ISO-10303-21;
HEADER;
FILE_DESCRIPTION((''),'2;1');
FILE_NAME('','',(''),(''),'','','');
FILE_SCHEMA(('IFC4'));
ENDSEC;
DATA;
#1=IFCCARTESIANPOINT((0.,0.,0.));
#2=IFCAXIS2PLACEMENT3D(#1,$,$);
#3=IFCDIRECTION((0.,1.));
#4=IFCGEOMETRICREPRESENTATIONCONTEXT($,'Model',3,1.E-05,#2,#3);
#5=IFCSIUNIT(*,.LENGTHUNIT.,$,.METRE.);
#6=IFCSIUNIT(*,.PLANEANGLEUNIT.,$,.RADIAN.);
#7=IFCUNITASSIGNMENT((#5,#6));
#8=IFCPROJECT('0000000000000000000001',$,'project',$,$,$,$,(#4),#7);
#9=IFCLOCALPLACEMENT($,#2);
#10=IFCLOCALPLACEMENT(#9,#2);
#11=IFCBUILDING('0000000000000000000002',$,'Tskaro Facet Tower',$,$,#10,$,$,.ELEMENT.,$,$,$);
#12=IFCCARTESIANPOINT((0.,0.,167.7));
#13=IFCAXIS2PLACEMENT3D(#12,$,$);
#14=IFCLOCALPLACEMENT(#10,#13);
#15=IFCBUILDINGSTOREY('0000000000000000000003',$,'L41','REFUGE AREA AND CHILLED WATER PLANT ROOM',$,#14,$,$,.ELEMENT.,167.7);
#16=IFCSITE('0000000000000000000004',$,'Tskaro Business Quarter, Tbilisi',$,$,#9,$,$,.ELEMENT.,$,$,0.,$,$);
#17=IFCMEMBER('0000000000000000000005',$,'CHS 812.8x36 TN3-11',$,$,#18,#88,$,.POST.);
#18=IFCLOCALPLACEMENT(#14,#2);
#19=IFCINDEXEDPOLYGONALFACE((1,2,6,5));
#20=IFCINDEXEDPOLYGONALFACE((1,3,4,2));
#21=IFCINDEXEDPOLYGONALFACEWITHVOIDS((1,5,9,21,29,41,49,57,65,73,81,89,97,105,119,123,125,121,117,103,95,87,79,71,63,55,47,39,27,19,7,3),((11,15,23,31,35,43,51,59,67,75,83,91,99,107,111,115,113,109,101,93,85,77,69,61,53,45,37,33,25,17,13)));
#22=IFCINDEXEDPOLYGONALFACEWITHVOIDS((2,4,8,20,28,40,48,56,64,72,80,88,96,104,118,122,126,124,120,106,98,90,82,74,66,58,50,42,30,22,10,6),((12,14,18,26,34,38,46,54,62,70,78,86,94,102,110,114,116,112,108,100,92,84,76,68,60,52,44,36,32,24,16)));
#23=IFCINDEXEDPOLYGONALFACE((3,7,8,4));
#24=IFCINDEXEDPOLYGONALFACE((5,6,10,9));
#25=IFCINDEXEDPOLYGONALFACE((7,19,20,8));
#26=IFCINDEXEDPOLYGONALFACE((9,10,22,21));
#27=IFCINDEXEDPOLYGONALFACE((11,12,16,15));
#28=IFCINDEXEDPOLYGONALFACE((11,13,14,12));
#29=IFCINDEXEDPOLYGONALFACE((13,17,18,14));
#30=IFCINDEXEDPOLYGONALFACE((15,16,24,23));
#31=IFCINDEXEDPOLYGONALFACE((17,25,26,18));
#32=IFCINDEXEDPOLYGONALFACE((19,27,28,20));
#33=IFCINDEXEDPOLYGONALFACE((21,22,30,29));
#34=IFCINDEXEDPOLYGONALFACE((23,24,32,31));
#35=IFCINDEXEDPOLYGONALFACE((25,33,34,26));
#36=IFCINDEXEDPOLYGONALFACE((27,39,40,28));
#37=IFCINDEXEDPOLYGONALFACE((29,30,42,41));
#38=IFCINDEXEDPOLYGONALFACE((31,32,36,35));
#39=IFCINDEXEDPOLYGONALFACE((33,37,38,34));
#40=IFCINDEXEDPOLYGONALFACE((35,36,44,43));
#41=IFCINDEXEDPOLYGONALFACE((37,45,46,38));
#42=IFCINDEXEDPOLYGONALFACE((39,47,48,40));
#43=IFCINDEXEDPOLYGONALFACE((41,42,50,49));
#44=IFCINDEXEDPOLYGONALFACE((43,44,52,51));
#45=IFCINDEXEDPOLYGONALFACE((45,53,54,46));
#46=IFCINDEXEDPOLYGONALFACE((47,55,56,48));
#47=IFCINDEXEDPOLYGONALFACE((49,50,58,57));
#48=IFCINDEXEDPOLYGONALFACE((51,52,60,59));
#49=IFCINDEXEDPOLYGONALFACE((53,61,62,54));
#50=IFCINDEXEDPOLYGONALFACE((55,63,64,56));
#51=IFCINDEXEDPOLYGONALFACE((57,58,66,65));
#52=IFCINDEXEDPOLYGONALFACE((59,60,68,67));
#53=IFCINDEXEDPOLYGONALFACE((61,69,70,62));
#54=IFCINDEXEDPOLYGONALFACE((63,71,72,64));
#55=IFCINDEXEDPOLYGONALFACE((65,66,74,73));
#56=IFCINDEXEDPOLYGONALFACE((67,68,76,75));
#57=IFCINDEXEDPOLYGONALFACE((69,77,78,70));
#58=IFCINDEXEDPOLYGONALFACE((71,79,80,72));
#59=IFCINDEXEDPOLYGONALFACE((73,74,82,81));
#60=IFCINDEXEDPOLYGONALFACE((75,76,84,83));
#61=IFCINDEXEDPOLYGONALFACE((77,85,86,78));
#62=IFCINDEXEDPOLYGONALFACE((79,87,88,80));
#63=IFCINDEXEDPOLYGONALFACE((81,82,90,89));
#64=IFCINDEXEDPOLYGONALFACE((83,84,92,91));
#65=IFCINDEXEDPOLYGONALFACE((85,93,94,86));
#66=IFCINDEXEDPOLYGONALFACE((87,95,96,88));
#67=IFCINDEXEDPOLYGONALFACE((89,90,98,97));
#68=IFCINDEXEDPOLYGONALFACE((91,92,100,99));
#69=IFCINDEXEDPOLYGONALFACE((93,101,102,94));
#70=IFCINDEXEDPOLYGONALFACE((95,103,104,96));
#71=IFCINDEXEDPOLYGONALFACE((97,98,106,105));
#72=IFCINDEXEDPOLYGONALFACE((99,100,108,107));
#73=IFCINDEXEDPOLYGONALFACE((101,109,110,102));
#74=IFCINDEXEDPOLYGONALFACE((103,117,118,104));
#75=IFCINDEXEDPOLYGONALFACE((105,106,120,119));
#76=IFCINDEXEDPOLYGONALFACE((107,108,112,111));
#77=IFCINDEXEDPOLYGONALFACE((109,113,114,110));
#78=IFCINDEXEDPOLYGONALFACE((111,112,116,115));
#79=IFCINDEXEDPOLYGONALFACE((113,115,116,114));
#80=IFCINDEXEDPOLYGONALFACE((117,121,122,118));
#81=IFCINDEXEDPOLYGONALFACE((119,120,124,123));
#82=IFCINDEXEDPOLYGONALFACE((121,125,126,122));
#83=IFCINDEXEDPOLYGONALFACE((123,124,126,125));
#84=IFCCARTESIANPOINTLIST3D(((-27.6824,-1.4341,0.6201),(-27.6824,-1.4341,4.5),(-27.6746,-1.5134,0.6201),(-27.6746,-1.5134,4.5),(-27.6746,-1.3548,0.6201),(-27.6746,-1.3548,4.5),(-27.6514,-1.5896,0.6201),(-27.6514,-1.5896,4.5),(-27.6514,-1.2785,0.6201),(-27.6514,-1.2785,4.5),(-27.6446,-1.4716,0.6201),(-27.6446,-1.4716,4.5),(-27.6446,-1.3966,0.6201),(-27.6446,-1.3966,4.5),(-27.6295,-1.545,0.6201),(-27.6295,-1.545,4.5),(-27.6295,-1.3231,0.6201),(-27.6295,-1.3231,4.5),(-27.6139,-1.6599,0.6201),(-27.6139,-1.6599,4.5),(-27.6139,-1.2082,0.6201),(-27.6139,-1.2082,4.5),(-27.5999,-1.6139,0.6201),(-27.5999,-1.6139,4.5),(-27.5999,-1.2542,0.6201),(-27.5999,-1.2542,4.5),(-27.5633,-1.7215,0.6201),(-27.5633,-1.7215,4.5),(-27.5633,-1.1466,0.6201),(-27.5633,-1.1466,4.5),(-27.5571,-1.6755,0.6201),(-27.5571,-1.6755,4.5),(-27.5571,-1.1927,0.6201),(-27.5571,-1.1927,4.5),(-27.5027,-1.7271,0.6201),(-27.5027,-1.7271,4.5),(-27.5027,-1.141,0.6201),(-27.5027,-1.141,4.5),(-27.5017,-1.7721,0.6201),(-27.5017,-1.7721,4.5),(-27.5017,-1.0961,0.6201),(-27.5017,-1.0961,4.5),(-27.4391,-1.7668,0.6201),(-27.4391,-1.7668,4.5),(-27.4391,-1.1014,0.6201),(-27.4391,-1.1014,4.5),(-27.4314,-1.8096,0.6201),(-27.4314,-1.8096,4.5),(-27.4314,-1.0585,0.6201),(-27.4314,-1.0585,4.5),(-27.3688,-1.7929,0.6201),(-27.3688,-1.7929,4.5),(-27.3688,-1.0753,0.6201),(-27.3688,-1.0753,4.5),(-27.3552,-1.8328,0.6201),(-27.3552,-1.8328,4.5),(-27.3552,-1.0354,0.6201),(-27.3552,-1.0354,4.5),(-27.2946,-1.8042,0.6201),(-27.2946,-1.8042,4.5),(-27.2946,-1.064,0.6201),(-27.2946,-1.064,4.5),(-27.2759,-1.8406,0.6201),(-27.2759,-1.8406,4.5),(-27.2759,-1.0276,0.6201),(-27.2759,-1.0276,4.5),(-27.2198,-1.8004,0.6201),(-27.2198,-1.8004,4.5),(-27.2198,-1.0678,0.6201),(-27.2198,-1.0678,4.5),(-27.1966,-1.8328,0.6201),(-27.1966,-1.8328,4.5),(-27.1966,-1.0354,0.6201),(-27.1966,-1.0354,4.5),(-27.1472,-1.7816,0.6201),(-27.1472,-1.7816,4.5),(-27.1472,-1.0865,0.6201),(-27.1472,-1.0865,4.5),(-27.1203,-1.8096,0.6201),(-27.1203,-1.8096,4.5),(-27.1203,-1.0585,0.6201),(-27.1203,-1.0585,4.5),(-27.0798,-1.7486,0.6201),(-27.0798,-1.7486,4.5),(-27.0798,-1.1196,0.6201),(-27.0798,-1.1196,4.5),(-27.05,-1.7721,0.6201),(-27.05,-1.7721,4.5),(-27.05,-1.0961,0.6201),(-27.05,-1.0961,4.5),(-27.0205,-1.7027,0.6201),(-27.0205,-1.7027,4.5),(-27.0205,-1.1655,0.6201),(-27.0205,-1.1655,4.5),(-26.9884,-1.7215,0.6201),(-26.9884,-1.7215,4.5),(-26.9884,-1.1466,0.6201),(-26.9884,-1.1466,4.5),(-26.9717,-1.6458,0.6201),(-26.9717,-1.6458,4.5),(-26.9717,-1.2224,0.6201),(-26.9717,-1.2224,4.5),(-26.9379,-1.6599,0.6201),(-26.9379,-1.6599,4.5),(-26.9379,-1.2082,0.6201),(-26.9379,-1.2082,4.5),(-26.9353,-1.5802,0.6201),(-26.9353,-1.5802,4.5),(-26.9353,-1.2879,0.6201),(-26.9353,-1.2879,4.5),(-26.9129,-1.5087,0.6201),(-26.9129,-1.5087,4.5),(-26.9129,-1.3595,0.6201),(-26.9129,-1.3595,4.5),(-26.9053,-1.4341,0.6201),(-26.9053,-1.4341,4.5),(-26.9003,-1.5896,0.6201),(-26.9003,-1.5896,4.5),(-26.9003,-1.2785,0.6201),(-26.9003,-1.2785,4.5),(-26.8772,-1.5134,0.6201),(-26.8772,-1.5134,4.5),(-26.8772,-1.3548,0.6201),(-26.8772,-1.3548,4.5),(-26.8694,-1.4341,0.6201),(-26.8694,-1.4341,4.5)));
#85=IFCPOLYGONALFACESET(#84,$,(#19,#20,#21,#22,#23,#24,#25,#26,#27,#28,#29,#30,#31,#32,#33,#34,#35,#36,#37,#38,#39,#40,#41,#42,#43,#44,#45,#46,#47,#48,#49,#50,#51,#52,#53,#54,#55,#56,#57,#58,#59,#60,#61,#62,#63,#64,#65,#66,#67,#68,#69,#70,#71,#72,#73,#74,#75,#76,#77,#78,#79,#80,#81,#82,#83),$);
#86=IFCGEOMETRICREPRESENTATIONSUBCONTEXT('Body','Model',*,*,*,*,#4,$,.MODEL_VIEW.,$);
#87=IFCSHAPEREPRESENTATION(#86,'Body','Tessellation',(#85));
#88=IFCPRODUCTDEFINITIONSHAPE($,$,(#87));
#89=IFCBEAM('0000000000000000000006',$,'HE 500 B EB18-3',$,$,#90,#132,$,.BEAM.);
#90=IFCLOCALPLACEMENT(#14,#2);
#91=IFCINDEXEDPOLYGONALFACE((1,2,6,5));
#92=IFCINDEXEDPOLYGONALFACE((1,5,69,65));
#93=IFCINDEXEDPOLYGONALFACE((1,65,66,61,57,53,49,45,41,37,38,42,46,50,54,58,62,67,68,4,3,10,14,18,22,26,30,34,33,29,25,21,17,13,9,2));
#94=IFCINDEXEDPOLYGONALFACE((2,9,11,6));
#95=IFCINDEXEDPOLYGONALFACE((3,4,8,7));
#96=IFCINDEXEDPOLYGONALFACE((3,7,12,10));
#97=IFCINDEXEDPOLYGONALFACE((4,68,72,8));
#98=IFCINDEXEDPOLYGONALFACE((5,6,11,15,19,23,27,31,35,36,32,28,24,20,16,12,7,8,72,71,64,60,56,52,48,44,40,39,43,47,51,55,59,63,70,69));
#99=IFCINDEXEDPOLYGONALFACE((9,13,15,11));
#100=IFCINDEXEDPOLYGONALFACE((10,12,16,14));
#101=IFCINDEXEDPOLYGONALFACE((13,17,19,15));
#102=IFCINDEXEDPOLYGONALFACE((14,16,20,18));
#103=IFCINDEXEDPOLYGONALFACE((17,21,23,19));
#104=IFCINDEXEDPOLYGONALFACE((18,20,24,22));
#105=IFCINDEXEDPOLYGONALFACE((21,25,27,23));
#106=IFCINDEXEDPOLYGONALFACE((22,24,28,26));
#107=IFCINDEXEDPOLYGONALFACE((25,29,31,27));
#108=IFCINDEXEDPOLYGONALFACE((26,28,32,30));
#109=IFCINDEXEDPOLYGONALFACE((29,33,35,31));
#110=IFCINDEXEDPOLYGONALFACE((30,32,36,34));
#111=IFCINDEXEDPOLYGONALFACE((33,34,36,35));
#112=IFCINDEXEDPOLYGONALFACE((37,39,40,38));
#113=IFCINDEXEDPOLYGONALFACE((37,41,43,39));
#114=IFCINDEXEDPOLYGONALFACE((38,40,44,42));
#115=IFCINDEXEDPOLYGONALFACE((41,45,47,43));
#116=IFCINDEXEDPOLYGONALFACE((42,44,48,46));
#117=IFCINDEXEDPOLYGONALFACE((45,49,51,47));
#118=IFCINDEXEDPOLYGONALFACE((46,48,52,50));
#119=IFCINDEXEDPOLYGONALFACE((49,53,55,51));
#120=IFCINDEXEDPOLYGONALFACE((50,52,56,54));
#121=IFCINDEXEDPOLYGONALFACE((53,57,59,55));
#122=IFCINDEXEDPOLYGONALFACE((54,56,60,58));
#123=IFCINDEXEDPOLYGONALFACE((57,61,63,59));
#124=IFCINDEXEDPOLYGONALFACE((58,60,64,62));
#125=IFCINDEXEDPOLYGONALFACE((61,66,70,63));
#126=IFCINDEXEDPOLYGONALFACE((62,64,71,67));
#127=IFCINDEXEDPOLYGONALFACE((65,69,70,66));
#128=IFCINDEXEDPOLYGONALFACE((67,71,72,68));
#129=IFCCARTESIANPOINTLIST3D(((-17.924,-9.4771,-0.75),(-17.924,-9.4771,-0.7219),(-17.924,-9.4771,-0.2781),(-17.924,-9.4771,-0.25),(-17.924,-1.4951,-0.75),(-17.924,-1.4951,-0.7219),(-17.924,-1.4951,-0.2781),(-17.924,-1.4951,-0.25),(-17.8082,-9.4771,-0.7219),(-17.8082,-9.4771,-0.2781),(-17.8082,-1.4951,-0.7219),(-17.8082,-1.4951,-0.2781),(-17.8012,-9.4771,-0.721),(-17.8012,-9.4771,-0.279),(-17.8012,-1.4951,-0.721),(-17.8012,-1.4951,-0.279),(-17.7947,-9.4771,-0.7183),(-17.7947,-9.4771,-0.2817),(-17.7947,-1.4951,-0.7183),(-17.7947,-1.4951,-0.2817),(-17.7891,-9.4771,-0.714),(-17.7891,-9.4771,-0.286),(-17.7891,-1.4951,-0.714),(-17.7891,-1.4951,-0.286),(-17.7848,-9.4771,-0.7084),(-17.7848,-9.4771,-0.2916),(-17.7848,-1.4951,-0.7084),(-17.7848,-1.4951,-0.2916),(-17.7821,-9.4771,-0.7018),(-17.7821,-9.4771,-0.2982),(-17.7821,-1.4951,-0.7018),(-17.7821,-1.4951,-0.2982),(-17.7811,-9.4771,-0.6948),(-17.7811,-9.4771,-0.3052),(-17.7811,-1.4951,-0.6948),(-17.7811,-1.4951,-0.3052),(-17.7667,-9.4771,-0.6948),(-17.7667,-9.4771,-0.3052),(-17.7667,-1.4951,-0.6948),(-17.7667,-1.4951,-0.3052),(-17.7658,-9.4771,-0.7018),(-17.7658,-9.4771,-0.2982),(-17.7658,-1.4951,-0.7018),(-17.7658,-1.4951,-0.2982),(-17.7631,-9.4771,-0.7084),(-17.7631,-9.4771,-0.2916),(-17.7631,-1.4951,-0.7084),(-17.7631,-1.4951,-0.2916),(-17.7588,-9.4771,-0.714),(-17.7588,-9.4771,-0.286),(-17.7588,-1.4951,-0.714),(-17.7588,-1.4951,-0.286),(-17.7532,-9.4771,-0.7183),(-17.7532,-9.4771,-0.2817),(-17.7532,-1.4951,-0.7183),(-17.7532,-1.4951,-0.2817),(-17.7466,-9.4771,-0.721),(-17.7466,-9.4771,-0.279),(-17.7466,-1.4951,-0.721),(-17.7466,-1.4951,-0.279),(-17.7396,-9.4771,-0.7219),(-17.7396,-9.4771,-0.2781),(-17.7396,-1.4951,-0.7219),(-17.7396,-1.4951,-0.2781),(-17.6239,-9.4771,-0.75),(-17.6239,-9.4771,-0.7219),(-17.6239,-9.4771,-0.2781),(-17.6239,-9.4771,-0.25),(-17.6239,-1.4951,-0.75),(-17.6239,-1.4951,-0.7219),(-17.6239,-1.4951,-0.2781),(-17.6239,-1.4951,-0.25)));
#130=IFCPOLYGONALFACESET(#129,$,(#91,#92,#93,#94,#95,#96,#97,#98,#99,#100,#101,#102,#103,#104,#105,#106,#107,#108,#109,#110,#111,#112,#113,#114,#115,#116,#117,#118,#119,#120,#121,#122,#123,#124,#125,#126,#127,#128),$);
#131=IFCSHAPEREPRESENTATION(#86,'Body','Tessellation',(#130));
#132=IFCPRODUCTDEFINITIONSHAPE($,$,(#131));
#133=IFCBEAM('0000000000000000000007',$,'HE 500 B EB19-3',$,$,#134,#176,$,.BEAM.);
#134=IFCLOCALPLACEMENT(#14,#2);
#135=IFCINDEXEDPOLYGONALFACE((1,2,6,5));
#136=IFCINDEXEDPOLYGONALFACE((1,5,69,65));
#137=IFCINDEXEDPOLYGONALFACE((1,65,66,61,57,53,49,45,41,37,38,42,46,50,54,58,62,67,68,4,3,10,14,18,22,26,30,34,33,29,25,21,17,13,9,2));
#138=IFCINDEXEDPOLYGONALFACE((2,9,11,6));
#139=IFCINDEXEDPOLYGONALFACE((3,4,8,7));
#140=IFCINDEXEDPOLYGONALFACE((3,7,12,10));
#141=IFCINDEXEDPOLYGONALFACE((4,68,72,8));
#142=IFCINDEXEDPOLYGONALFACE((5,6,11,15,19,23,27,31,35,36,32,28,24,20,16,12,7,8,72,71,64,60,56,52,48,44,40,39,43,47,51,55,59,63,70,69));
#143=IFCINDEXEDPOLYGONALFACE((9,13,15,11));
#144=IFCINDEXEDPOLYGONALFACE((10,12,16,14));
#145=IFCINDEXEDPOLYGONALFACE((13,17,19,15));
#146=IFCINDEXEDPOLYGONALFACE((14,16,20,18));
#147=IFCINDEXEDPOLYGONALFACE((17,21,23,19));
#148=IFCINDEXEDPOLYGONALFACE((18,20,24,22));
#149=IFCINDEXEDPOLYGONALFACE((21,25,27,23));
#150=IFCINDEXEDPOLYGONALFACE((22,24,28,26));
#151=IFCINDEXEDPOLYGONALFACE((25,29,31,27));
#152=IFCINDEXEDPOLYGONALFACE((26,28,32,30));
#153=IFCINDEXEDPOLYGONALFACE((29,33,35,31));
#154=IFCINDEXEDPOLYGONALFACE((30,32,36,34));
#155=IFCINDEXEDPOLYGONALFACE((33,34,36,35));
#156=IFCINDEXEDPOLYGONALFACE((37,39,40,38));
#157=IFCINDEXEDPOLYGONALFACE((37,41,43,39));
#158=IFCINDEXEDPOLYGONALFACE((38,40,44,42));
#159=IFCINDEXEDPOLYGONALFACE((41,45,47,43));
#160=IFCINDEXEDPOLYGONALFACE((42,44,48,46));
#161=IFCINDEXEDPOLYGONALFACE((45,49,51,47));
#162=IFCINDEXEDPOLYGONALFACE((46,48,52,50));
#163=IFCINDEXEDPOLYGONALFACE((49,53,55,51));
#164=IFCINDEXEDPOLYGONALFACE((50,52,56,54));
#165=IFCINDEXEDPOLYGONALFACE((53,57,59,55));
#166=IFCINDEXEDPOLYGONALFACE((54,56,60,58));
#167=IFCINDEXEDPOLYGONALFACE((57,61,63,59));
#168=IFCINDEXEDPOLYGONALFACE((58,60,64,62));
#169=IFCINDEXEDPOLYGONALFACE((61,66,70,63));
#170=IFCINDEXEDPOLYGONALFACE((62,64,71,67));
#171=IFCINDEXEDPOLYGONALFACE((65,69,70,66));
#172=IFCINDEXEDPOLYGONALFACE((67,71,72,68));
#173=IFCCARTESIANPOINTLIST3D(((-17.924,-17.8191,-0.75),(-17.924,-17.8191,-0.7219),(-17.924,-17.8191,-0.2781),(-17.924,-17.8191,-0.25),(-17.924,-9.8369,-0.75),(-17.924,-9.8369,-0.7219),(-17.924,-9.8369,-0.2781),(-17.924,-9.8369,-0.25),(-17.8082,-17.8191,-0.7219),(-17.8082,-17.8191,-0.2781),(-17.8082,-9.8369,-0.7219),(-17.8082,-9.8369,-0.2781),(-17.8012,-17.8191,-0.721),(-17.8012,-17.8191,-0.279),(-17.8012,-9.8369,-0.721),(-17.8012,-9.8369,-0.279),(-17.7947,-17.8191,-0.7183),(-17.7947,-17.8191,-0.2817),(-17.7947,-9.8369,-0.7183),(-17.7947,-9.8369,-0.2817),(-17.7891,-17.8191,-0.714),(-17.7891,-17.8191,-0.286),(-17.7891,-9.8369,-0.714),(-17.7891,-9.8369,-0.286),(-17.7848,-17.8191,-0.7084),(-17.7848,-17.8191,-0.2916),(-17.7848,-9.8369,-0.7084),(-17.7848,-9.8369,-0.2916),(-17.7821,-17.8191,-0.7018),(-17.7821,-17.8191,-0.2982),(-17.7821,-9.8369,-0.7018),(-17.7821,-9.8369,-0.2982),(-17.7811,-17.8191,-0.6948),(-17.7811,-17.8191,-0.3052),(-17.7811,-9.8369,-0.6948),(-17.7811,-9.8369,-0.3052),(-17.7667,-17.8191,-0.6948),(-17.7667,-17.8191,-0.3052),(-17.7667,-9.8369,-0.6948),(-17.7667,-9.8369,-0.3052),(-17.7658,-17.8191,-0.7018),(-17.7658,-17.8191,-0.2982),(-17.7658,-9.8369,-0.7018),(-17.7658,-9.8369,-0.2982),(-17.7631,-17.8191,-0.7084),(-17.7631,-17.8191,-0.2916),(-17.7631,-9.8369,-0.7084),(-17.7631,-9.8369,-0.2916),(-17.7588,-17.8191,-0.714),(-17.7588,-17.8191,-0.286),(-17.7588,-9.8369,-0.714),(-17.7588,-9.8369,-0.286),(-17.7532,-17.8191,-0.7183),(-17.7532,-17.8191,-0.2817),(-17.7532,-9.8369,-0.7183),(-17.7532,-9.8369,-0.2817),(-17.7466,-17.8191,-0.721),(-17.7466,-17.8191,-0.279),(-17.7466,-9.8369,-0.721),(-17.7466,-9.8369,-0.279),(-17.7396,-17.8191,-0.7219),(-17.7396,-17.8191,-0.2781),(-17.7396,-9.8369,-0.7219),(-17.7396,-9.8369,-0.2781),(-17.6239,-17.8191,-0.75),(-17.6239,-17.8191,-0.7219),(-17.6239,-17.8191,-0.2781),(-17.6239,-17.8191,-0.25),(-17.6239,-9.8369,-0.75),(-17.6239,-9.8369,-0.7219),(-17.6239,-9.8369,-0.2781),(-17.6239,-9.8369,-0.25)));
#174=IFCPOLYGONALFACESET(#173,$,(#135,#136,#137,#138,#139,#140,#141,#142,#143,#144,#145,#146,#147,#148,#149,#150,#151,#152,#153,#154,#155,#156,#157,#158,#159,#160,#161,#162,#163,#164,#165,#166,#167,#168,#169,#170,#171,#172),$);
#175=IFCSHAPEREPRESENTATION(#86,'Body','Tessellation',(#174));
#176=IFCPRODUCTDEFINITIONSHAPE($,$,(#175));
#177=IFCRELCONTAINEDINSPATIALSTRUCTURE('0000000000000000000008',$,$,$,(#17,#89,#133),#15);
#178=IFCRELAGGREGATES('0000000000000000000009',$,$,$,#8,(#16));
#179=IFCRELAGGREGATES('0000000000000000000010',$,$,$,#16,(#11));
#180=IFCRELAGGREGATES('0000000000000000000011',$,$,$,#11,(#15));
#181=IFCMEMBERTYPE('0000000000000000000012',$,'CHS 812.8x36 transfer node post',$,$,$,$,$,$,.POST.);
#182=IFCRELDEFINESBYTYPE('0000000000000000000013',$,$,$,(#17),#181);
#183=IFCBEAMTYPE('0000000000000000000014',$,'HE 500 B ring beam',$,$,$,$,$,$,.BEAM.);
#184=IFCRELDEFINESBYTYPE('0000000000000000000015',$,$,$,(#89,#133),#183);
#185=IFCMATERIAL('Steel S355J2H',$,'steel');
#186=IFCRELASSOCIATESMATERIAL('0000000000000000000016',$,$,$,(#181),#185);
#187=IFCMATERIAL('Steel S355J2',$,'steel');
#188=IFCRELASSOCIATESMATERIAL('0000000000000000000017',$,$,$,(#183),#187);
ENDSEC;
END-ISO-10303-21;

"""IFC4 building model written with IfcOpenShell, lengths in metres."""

from ifc_helpers import new_model, si_unit, direction, frame, origin, origin_2d, place, context, subcontext, project, spatial, hollow_circle, i_section, extrude, material, material_profile, profile_set, type_object, element, save


model = new_model("IFC4")

# Units and contexts
model_context = context("Model", 3, precision=1e-05, world=origin(), true_north=direction((0.0, 1.0)))
body_context = subcontext(model_context, "Body", "Model", "MODEL_VIEW")
ifc_project = project(units=[si_unit("LENGTHUNIT", "METRE"), si_unit("PLANEANGLEUNIT", "RADIAN")], contexts=[model_context])

# Site, building, storey
site_placement = place(None, origin())
site = spatial("IfcSite", under=ifc_project, at=site_placement, Name="Tskaro Business Quarter, Tbilisi", CompositionType="ELEMENT", RefElevation=0.0)
building_placement = place(site_placement, origin())
building = spatial("IfcBuilding", under=site, at=building_placement, Name="Tskaro Facet Tower", CompositionType="ELEMENT")
storey_placement = place(building_placement, frame((0.0, 0.0, 167.7)))
storey = spatial("IfcBuildingStorey", under=building, at=storey_placement, Name="L41", Description="REFUGE AREA AND CHILLED WATER PLANT ROOM", CompositionType="ELEMENT", Elevation=167.7)

# Shared definitions
ifc_material_1 = material(Name="Steel S355J2H", Category="steel")

# Shared definitions
ifc_material_2 = material(Name="Steel S355J2", Category="steel")

# Member
ifc_material_profile_1 = material_profile(ifc_material_1, hollow_circle(Radius=0.4065, WallThickness=0.0359, at=origin_2d()), Name="CHS 812.8x36")
ifc_profile_set_1 = profile_set([ifc_material_profile_1], Name="Steel S355J2H")
member_type_1 = type_object("IfcMemberType", Name="CHS 812.8x36 transfer node post", PredefinedType="POST", material=ifc_profile_set_1)
member_1_placement = place(storey_placement, frame((-27.2759, -1.4341, 0.6201), z_axis=(0.0, 0.0, 1.0), x_axis=(1.0, 0.0, 0.0)))
element("IfcMember", 1, at=member_1_placement, inside=storey, type_object=member_type_1, Name="CHS 812.8x36 TN3-11", PredefinedType="POST", context=body_context, shape_type="SweptSolid", body=[
    extrude(hollow_circle(Radius=0.4065, WallThickness=0.0359, at=origin_2d()), origin(), (0.0, 0.0, 1.0), 3.8799),
])

# Beams
ifc_material_profile_2 = material_profile(ifc_material_2, i_section(OverallWidth=0.3, OverallDepth=0.5, WebThickness=0.0144, FlangeThickness=0.0281, FilletRadius=0.0271, at=origin_2d()), Name="HE 500 B")
ifc_profile_set_2 = profile_set([ifc_material_profile_2], Name="Steel S355J2")
beam_type_1 = type_object("IfcBeamType", Name="HE 500 B ring beam", PredefinedType="BEAM", material=ifc_profile_set_2)
beam_1_placement = place(storey_placement, frame((-17.7739, -1.4951, -0.5), z_axis=(0.0, -1.0, 0.0), x_axis=(1.0, 0.0, 0.0)))
element("IfcBeam", 2, at=beam_1_placement, inside=storey, type_object=beam_type_1, Name="HE 500 B EB18-3", PredefinedType="BEAM", context=body_context, shape_type="SweptSolid", body=[
    extrude(i_section(OverallWidth=0.3, OverallDepth=0.5, WebThickness=0.0144, FlangeThickness=0.0281, FilletRadius=0.0271, at=origin_2d()), origin(), (0.0, 0.0, 1.0), 7.9819),
])
beam_2_placement = place(storey_placement, frame((-17.7739, -9.8369, -0.5), z_axis=(0.0, -1.0, 0.0), x_axis=(1.0, 0.0, 0.0)))
element("IfcBeam", 3, at=beam_2_placement, inside=storey, type_object=beam_type_1, Name="HE 500 B EB19-3", PredefinedType="BEAM", context=body_context, shape_type="SweptSolid", body=[
    extrude(i_section(OverallWidth=0.3, OverallDepth=0.5, WebThickness=0.0144, FlangeThickness=0.0281, FilletRadius=0.0271, at=origin_2d()), origin(), (0.0, 0.0, 1.0), 7.9822),
])

save(model, "model.ifc")
